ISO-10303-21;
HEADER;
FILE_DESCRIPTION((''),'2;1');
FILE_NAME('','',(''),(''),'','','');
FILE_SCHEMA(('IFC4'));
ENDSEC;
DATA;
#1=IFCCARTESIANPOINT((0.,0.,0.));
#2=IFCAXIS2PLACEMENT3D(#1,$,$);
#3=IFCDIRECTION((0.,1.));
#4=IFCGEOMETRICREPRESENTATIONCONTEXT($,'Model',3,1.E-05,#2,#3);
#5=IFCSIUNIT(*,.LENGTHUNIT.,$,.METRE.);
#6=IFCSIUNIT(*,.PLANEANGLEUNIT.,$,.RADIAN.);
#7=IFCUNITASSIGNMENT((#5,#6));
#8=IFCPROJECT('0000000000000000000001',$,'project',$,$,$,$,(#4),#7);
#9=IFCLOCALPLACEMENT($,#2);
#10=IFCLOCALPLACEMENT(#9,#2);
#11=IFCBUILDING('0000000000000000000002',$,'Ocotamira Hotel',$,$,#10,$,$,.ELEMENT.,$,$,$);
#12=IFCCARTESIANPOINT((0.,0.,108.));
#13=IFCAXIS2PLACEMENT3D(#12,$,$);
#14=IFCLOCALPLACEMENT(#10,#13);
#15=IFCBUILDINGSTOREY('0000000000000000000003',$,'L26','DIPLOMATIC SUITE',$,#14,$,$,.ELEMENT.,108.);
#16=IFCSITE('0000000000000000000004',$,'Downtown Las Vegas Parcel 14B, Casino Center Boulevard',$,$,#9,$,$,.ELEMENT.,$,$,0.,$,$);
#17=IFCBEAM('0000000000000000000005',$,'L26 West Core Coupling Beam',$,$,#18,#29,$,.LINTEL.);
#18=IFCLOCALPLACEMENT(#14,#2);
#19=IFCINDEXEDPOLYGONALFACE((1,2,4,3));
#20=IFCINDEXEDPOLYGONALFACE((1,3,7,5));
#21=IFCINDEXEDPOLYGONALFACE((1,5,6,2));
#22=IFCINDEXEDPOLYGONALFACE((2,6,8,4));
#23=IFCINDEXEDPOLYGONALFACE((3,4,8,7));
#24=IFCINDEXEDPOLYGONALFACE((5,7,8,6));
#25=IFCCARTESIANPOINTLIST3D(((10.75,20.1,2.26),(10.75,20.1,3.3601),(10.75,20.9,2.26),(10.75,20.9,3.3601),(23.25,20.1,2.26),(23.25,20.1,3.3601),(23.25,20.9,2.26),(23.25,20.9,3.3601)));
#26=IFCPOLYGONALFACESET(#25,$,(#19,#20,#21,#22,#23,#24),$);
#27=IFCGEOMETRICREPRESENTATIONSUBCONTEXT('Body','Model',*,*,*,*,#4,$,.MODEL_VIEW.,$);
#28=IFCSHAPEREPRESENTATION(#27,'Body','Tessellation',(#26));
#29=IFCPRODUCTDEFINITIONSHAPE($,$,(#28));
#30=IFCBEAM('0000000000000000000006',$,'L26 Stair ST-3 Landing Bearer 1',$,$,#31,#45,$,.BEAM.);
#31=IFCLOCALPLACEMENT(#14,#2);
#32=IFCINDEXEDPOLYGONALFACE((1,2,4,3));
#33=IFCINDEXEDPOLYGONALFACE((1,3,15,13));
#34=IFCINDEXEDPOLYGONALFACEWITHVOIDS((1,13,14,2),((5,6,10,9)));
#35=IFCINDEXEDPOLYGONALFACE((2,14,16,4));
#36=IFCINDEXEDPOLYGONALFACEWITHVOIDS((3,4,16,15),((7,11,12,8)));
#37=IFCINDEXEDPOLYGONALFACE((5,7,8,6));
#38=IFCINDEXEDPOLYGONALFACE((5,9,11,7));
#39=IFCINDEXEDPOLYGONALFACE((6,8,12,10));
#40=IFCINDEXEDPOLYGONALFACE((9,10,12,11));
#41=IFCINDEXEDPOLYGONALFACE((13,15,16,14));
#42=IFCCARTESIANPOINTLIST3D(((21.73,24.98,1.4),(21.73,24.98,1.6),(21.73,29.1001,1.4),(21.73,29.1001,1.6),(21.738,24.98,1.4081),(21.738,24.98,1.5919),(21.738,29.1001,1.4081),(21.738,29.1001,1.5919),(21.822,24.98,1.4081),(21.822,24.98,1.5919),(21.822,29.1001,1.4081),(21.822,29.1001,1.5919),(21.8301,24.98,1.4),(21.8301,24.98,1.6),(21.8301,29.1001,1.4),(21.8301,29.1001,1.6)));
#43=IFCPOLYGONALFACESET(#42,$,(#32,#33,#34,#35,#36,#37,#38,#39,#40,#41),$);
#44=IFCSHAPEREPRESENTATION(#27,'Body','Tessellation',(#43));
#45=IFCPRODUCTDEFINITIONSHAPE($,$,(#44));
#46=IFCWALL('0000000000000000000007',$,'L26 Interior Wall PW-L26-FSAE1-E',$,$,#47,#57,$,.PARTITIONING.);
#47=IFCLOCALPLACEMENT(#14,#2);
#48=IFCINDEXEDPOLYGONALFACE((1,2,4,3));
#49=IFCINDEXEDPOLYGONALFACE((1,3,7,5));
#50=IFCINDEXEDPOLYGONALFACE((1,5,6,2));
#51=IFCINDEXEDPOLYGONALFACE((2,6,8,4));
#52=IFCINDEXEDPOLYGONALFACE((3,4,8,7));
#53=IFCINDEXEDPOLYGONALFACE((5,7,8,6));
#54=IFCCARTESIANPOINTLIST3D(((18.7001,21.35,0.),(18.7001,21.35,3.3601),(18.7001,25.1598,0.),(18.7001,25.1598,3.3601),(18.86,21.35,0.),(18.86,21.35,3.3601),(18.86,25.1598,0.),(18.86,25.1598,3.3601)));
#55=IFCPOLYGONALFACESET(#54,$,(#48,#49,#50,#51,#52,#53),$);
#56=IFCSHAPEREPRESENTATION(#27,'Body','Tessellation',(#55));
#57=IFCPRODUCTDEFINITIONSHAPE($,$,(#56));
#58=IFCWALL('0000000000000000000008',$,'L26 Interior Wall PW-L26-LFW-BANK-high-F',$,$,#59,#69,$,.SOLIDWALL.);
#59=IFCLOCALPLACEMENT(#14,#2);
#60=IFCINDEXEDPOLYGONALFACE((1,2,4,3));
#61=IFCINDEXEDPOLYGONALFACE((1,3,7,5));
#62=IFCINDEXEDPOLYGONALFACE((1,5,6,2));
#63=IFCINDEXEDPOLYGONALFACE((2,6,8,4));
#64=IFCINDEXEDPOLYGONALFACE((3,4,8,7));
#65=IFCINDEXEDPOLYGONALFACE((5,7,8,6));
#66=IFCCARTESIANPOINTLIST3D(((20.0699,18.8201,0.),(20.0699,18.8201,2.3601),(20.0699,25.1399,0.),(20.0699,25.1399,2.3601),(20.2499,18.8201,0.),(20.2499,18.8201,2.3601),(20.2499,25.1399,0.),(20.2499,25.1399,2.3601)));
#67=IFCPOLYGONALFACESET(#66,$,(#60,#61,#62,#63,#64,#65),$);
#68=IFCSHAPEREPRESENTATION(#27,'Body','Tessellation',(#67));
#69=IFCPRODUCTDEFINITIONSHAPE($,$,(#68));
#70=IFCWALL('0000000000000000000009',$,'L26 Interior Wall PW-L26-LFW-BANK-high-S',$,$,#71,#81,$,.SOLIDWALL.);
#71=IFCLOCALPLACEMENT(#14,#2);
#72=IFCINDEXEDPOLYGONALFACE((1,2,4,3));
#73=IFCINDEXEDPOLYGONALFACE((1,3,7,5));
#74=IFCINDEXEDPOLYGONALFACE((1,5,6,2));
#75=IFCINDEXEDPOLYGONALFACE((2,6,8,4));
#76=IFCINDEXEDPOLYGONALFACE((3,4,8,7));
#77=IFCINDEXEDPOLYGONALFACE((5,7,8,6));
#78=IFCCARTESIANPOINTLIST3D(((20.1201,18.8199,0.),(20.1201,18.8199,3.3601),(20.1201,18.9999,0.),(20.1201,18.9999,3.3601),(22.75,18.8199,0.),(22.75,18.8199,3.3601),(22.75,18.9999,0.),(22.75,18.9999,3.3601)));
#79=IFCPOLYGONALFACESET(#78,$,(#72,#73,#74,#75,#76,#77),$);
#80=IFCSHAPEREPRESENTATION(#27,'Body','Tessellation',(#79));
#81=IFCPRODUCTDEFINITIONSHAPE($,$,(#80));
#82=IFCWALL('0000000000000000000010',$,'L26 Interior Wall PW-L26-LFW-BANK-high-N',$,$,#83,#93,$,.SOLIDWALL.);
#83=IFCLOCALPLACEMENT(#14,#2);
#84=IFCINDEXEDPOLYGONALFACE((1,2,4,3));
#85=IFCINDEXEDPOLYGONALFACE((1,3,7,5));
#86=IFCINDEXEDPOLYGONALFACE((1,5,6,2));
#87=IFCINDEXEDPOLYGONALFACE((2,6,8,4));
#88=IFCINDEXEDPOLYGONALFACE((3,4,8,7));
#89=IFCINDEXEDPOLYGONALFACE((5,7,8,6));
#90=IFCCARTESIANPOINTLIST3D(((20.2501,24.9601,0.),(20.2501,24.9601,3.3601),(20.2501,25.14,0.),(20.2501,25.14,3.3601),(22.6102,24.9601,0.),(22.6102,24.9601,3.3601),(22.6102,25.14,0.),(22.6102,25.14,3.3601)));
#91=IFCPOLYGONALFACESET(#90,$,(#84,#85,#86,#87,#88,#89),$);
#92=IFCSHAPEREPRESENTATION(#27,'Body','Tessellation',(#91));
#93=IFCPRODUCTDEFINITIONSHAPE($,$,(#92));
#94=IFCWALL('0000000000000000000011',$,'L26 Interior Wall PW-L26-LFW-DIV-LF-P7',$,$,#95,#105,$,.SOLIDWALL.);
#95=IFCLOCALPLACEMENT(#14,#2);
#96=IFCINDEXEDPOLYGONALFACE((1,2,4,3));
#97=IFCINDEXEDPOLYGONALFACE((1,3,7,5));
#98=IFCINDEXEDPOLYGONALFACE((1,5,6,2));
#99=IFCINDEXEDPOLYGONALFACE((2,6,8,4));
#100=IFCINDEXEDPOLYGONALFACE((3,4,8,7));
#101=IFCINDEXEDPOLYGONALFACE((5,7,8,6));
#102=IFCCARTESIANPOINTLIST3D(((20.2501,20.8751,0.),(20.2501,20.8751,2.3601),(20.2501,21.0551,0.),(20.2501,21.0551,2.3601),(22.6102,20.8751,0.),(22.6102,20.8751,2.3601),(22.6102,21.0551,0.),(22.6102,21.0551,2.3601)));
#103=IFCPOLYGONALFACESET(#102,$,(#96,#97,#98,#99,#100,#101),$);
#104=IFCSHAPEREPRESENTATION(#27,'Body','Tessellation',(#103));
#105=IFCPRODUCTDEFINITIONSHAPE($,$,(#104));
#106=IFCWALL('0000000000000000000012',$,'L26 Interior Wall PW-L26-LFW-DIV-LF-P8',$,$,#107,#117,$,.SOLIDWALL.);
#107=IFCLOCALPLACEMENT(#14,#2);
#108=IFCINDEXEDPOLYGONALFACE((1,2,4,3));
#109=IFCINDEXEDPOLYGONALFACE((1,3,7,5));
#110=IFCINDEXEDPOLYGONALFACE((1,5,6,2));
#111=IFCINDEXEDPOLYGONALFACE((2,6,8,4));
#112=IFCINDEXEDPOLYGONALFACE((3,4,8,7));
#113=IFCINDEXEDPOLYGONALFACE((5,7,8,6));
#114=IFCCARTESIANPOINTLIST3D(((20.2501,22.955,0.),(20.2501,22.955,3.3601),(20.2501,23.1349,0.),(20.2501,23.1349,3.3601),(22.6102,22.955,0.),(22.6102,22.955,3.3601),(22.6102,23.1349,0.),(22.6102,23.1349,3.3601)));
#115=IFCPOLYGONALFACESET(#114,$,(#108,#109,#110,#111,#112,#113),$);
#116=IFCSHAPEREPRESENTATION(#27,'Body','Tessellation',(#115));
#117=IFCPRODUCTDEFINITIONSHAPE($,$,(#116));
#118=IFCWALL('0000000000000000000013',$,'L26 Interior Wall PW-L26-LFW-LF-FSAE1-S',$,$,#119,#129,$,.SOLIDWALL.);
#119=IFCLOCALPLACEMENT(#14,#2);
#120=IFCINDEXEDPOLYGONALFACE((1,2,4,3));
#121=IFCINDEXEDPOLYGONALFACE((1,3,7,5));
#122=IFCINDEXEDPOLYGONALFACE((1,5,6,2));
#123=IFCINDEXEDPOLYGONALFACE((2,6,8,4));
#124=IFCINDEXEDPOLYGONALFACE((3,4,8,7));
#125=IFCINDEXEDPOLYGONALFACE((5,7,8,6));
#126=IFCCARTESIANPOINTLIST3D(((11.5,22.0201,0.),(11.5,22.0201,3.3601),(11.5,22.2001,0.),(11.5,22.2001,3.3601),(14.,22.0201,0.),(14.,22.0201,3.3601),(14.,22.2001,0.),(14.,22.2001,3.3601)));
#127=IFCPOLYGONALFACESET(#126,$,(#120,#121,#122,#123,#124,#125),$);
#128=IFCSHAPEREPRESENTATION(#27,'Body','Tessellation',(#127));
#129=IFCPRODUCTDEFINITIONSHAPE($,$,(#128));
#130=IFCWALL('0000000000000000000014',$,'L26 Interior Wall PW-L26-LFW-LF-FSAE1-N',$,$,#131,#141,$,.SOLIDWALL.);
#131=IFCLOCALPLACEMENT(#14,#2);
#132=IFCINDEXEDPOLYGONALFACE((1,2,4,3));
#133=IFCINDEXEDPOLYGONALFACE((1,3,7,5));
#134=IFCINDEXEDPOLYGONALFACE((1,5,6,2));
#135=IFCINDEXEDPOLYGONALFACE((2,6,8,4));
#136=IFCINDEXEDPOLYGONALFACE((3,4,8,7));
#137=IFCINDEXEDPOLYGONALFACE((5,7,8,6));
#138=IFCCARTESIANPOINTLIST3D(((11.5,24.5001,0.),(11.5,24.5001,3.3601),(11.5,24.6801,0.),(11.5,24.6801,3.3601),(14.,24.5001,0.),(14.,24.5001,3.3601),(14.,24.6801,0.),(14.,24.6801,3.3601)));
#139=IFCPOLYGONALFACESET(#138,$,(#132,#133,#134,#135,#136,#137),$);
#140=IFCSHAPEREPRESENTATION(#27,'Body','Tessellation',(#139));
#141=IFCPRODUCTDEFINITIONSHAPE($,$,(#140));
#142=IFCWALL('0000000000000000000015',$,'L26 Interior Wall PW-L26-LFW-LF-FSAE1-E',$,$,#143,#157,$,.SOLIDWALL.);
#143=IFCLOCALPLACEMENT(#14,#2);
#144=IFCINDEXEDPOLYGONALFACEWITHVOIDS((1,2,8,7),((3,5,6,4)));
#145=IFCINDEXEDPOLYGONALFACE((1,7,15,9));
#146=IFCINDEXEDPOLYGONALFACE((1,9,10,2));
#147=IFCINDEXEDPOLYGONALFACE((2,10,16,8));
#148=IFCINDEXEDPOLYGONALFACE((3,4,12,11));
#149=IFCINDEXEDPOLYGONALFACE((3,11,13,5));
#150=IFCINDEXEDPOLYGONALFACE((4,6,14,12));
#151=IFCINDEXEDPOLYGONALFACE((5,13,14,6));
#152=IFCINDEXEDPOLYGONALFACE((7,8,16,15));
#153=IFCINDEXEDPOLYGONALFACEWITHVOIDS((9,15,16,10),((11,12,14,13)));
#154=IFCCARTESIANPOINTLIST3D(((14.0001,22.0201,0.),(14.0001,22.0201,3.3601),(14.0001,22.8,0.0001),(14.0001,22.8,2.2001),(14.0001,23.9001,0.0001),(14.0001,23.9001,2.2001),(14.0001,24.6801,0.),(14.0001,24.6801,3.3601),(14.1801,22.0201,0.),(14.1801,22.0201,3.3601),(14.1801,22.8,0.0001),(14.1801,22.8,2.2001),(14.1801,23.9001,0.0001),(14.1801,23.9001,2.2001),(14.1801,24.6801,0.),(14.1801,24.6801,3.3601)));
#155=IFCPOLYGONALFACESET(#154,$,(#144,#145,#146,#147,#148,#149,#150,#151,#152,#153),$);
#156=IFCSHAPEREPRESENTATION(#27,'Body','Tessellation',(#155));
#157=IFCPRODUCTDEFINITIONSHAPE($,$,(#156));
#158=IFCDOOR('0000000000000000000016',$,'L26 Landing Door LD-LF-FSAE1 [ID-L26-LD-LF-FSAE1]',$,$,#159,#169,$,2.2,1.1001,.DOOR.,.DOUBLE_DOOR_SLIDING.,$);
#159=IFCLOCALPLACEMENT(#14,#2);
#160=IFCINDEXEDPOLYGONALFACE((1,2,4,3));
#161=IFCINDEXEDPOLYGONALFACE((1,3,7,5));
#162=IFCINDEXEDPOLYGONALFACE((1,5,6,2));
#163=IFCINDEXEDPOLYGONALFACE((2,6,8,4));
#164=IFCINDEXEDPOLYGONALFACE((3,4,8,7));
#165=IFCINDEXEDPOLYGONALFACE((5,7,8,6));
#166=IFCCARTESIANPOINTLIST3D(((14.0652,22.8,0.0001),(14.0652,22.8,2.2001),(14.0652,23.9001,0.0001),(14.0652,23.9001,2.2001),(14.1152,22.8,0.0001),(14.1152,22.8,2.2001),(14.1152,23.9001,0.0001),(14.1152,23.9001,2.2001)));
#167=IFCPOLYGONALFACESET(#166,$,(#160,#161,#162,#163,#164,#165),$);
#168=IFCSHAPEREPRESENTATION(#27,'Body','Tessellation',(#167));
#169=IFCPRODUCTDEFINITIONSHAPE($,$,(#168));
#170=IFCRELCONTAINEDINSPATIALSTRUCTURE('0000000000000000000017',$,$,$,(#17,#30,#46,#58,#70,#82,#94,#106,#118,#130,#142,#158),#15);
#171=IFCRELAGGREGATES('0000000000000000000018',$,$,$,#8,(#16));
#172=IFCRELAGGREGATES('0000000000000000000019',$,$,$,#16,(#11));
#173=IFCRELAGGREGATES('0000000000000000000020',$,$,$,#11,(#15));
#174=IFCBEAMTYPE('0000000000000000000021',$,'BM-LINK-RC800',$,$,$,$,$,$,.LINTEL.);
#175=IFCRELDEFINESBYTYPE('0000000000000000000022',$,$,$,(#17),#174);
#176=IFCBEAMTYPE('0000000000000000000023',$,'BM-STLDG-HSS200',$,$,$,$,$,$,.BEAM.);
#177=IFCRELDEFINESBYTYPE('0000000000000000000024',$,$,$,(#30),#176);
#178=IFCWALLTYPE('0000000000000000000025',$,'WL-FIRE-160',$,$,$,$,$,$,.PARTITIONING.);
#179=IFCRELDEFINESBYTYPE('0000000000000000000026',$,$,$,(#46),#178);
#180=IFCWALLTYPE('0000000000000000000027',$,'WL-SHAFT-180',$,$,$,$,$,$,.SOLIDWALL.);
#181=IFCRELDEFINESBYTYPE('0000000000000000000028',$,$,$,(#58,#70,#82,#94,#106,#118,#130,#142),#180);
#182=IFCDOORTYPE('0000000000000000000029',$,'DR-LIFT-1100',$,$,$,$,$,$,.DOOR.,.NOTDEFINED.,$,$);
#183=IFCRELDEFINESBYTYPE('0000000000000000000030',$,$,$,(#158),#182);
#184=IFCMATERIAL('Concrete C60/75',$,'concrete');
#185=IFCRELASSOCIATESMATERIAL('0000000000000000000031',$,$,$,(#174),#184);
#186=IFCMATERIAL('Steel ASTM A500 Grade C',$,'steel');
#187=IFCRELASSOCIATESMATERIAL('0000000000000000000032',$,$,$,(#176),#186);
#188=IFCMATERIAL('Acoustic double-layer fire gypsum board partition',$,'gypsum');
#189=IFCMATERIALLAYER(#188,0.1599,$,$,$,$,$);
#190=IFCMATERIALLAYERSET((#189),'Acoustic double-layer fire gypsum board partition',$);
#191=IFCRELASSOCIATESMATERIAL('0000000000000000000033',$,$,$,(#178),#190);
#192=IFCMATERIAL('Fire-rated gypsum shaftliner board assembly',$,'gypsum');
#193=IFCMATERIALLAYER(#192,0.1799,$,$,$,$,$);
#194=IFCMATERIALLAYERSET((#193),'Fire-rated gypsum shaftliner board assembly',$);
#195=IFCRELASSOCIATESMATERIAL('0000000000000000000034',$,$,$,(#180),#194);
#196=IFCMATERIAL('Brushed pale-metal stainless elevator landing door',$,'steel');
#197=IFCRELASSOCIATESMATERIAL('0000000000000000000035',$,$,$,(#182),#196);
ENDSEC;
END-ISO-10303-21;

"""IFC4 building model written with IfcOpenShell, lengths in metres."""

from ifc_helpers import new_model, si_unit, direction, frame, frame_2d, origin, origin_2d, place, context, subcontext, project, spatial, rectangle, hollow_rectangle, extrude, source, transform, mapped, material, layer, layer_set, material_profile, profile_set, type_object, element, fill, save


model = new_model("IFC4")

# Units and contexts
model_context = context("Model", 3, precision=1e-05, world=origin(), true_north=direction((0.0, 1.0)))
body_context = subcontext(model_context, "Body", "Model", "MODEL_VIEW")
ifc_project = project(units=[si_unit("LENGTHUNIT", "METRE"), si_unit("PLANEANGLEUNIT", "RADIAN")], contexts=[model_context])

# Site, building, storey
site_placement = place(None, origin())
site = spatial("IfcSite", under=ifc_project, at=site_placement, Name="Downtown Las Vegas Parcel 14B, Casino Center Boulevard", CompositionType="ELEMENT", RefElevation=0.0)
building_placement = place(site_placement, origin())
building = spatial("IfcBuilding", under=site, at=building_placement, Name="Ocotamira Hotel", CompositionType="ELEMENT")
storey_placement = place(building_placement, frame((0.0, 0.0, 108.0)))
storey = spatial("IfcBuildingStorey", under=building, at=storey_placement, Name="L26", Description="DIPLOMATIC SUITE", CompositionType="ELEMENT", Elevation=108.0)

# Beams
ifc_material_1 = material(Name="Concrete C60/75", Category="concrete")
ifc_material_profile_1 = material_profile(ifc_material_1, rectangle(XDim=0.8, YDim=1.1001, at=origin_2d()), Name="RC800X1100")
ifc_profile_set_1 = profile_set([ifc_material_profile_1], Name="Concrete C60/75")
beam_type_1 = type_object("IfcBeamType", Name="BM-LINK-RC800", PredefinedType="LINTEL", material=ifc_profile_set_1)
shared_shape_1 = source(origin(), body_context, "Body", "SweptSolid", [
    extrude(rectangle(XDim=0.8, YDim=1.1001, at=origin_2d()), origin(), (0.0, 0.0, 1.0), 12.5),
])
beam_1_placement = place(storey_placement, frame((10.75, 20.5, 2.8101), z_axis=(1.0, 0.0, 0.0), x_axis=(0.0, 1.0, 0.0)))
element("IfcBeam", 1, at=beam_1_placement, inside=storey, type_object=beam_type_1, Name="L26 West Core Coupling Beam", PredefinedType="LINTEL", context=body_context, shape_type="MappedRepresentation", body=[
    mapped(shared_shape_1, transform((0.0, 0.0, 0.0), scale=1.0)),
])
ifc_material_2 = material(Name="Steel ASTM A500 Grade C", Category="steel")
ifc_material_profile_2 = material_profile(ifc_material_2, hollow_rectangle(XDim=0.1001, YDim=0.2, WallThickness=0.0081, at=origin_2d()), Name="HSS200X100X8")
ifc_profile_set_2 = profile_set([ifc_material_profile_2], Name="Steel ASTM A500 Grade C")
beam_type_2 = type_object("IfcBeamType", Name="BM-STLDG-HSS200", PredefinedType="BEAM", material=ifc_profile_set_2)
shared_shape_2 = source(origin(), body_context, "Body", "SweptSolid", [
    extrude(hollow_rectangle(XDim=0.1001, YDim=0.2, WallThickness=0.0081, at=origin_2d()), origin(), (0.0, 0.0, 1.0), 4.1201),
])
beam_2_placement = place(storey_placement, frame((21.78, 24.98, 1.5), z_axis=(0.0, 1.0, 0.0), x_axis=(-1.0, 0.0, 0.0)))
element("IfcBeam", 2, at=beam_2_placement, inside=storey, type_object=beam_type_2, Name="L26 Stair ST-3 Landing Bearer 1", PredefinedType="BEAM", context=body_context, shape_type="MappedRepresentation", body=[
    mapped(shared_shape_2, transform((0.0, 0.0, 0.0), scale=1.0)),
])

# Shared definitions
ifc_material_3 = material(Name="Acoustic double-layer fire gypsum board partition", Category="gypsum")
ifc_layer_1 = layer(ifc_material_3, 0.1599)
ifc_layer_set_1 = layer_set([ifc_layer_1], Name="Acoustic double-layer fire gypsum board partition")
wall_type_1 = type_object("IfcWallType", Name="WL-FIRE-160", PredefinedType="PARTITIONING", material=ifc_layer_set_1)

# Walls
wall_1_placement = place(storey_placement, frame((18.78, 21.3501, 0.0), z_axis=(0.0, 0.0, 1.0), x_axis=(0.0, 1.0, 0.0)))
element("IfcWall", 3, at=wall_1_placement, inside=storey, type_object=wall_type_1, Name="L26 Interior Wall PW-L26-FSAE1-E", PredefinedType="PARTITIONING", context=body_context, shape_type="SweptSolid", body=[
    extrude(rectangle(XDim=3.8098, YDim=0.1599, at=frame_2d((1.9048, 0.0))), origin(), (0.0, 0.0, 1.0), 3.3601),
])
ifc_material_4 = material(Name="Fire-rated gypsum shaftliner board assembly", Category="gypsum")
ifc_layer_2 = layer(ifc_material_4, 0.1799)
ifc_layer_set_2 = layer_set([ifc_layer_2], Name="Fire-rated gypsum shaftliner board assembly")
wall_type_2 = type_object("IfcWallType", Name="WL-SHAFT-180", PredefinedType="SOLIDWALL", material=ifc_layer_set_2)
wall_2_placement = place(storey_placement, frame((20.1599, 18.8201, 0.0), z_axis=(0.0, 0.0, 1.0), x_axis=(0.0, 1.0, 0.0)))
element("IfcWall", 4, at=wall_2_placement, inside=storey, type_object=wall_type_2, Name="L26 Interior Wall PW-L26-LFW-BANK-high-F", PredefinedType="SOLIDWALL", context=body_context, shape_type="SweptSolid", body=[
    extrude(rectangle(XDim=6.3198, YDim=0.1799, at=frame_2d((3.1599, 0.0))), origin(), (0.0, 0.0, 1.0), 2.3601),
])
wall_3_placement = place(storey_placement, frame((20.1201, 18.9099, 0.0), z_axis=(0.0, 0.0, 1.0), x_axis=(1.0, 0.0, 0.0)))
element("IfcWall", 5, at=wall_3_placement, inside=storey, type_object=wall_type_2, Name="L26 Interior Wall PW-L26-LFW-BANK-high-S", PredefinedType="SOLIDWALL", context=body_context, shape_type="SweptSolid", body=[
    extrude(rectangle(XDim=2.6299, YDim=0.1799, at=frame_2d((1.3149, 0.0))), origin(), (0.0, 0.0, 1.0), 3.3601),
])
wall_4_placement = place(storey_placement, frame((20.25, 25.05, 0.0), z_axis=(0.0, 0.0, 1.0), x_axis=(1.0, 0.0, 0.0)))
element("IfcWall", 6, at=wall_4_placement, inside=storey, type_object=wall_type_2, Name="L26 Interior Wall PW-L26-LFW-BANK-high-N", PredefinedType="SOLIDWALL", context=body_context, shape_type="SweptSolid", body=[
    extrude(rectangle(XDim=2.3601, YDim=0.1799, at=frame_2d((1.1802, 0.0))), origin(), (0.0, 0.0, 1.0), 3.3601),
])
wall_5_placement = place(storey_placement, frame((20.25, 20.9651, 0.0), z_axis=(0.0, 0.0, 1.0), x_axis=(1.0, 0.0, 0.0)))
element("IfcWall", 7, at=wall_5_placement, inside=storey, type_object=wall_type_2, Name="L26 Interior Wall PW-L26-LFW-DIV-LF-P7", PredefinedType="SOLIDWALL", context=body_context, shape_type="SweptSolid", body=[
    extrude(rectangle(XDim=2.3601, YDim=0.1799, at=frame_2d((1.1802, 0.0))), origin(), (0.0, 0.0, 1.0), 2.3601),
])
wall_6_placement = place(storey_placement, frame((20.25, 23.0449, 0.0), z_axis=(0.0, 0.0, 1.0), x_axis=(1.0, 0.0, 0.0)))
element("IfcWall", 8, at=wall_6_placement, inside=storey, type_object=wall_type_2, Name="L26 Interior Wall PW-L26-LFW-DIV-LF-P8", PredefinedType="SOLIDWALL", context=body_context, shape_type="SweptSolid", body=[
    extrude(rectangle(XDim=2.3601, YDim=0.1799, at=frame_2d((1.1802, 0.0))), origin(), (0.0, 0.0, 1.0), 3.3601),
])
for number, where, z_axis, x_axis, name in (
    (9, (11.5, 22.1101, 0.0), (0.0, 0.0, 1.0), (1.0, 0.0, 0.0), "L26 Interior Wall PW-L26-LFW-LF-FSAE1-S"),
    (10, (11.5, 24.5901, 0.0), (0.0, 0.0, 1.0), (1.0, 0.0, 0.0), "L26 Interior Wall PW-L26-LFW-LF-FSAE1-N"),
):
    element("IfcWall", number, at=place(storey_placement, frame(where, z_axis=z_axis, x_axis=x_axis)), inside=storey, type_object=wall_type_2, Name=name, PredefinedType="SOLIDWALL", context=body_context, shape_type="SweptSolid", body=[
        extrude(rectangle(XDim=2.5, YDim=0.1799, at=frame_2d((1.25, 0.0))), origin(), (0.0, 0.0, 1.0), 3.3601),
    ])

# Wall, opening, door
wall_7_placement = place(storey_placement, frame((14.0901, 22.02, 0.0), z_axis=(0.0, 0.0, 1.0), x_axis=(0.0, 1.0, 0.0)))
wall_7 = element("IfcWall", 11, at=wall_7_placement, inside=storey, type_object=wall_type_2, Name="L26 Interior Wall PW-L26-LFW-LF-FSAE1-E", PredefinedType="SOLIDWALL", context=body_context, shape_type="SweptSolid", body=[
    extrude(rectangle(XDim=2.6599, YDim=0.1799, at=frame_2d((1.3301, 0.0))), origin(), (0.0, 0.0, 1.0), 3.3601),
])
opening_1_placement = place(wall_7_placement, frame((0.78, 0.0, 0.0)))
opening_1 = element("IfcOpeningElement", 12, at=opening_1_placement, cuts=wall_7, PredefinedType="OPENING", context=body_context, shape_type="SweptSolid", body=[
    extrude(rectangle(XDim=1.1001, YDim=2.2, at=frame_2d((0.55, 1.1001))), frame((0.0, 0.1001, 0.0), z_axis=(0.0, -1.0, 0.0), x_axis=(1.0, 0.0, 0.0)), (0.0, 0.0, 1.0), 0.2),
])
ifc_material_5 = material(Name="Brushed pale-metal stainless elevator landing door", Category="steel")
door_type_1 = type_object("IfcDoorType", Name="DR-LIFT-1100", OperationType="NOTDEFINED", PredefinedType="DOOR", material=ifc_material_5)
shared_shape_3 = source(origin(), body_context, "Body", "SweptSolid", [
    extrude(rectangle(XDim=1.1001, YDim=2.2, at=frame_2d((0.55, 1.1001))), frame((0.0, 0.0249, 0.0), z_axis=(0.0, -1.0, 0.0), x_axis=(1.0, 0.0, 0.0)), (0.0, 0.0, 1.0), 0.05),
])
door_1_placement = place(opening_1_placement, origin())
door_1 = element("IfcDoor", 13, at=door_1_placement, inside=storey, type_object=door_type_1, Name="L26 Landing Door LD-LF-FSAE1 [ID-L26-LD-LF-FSAE1]", OperationType="DOUBLE_DOOR_SLIDING", OverallHeight=2.2, OverallWidth=1.1001, PredefinedType="DOOR", context=body_context, shape_type="MappedRepresentation", body=[
    mapped(shared_shape_3, transform((0.0, 0.0, 0.0), scale=1.0)),
])
fill(opening_1, door_1)

save(model, "model.ifc")
